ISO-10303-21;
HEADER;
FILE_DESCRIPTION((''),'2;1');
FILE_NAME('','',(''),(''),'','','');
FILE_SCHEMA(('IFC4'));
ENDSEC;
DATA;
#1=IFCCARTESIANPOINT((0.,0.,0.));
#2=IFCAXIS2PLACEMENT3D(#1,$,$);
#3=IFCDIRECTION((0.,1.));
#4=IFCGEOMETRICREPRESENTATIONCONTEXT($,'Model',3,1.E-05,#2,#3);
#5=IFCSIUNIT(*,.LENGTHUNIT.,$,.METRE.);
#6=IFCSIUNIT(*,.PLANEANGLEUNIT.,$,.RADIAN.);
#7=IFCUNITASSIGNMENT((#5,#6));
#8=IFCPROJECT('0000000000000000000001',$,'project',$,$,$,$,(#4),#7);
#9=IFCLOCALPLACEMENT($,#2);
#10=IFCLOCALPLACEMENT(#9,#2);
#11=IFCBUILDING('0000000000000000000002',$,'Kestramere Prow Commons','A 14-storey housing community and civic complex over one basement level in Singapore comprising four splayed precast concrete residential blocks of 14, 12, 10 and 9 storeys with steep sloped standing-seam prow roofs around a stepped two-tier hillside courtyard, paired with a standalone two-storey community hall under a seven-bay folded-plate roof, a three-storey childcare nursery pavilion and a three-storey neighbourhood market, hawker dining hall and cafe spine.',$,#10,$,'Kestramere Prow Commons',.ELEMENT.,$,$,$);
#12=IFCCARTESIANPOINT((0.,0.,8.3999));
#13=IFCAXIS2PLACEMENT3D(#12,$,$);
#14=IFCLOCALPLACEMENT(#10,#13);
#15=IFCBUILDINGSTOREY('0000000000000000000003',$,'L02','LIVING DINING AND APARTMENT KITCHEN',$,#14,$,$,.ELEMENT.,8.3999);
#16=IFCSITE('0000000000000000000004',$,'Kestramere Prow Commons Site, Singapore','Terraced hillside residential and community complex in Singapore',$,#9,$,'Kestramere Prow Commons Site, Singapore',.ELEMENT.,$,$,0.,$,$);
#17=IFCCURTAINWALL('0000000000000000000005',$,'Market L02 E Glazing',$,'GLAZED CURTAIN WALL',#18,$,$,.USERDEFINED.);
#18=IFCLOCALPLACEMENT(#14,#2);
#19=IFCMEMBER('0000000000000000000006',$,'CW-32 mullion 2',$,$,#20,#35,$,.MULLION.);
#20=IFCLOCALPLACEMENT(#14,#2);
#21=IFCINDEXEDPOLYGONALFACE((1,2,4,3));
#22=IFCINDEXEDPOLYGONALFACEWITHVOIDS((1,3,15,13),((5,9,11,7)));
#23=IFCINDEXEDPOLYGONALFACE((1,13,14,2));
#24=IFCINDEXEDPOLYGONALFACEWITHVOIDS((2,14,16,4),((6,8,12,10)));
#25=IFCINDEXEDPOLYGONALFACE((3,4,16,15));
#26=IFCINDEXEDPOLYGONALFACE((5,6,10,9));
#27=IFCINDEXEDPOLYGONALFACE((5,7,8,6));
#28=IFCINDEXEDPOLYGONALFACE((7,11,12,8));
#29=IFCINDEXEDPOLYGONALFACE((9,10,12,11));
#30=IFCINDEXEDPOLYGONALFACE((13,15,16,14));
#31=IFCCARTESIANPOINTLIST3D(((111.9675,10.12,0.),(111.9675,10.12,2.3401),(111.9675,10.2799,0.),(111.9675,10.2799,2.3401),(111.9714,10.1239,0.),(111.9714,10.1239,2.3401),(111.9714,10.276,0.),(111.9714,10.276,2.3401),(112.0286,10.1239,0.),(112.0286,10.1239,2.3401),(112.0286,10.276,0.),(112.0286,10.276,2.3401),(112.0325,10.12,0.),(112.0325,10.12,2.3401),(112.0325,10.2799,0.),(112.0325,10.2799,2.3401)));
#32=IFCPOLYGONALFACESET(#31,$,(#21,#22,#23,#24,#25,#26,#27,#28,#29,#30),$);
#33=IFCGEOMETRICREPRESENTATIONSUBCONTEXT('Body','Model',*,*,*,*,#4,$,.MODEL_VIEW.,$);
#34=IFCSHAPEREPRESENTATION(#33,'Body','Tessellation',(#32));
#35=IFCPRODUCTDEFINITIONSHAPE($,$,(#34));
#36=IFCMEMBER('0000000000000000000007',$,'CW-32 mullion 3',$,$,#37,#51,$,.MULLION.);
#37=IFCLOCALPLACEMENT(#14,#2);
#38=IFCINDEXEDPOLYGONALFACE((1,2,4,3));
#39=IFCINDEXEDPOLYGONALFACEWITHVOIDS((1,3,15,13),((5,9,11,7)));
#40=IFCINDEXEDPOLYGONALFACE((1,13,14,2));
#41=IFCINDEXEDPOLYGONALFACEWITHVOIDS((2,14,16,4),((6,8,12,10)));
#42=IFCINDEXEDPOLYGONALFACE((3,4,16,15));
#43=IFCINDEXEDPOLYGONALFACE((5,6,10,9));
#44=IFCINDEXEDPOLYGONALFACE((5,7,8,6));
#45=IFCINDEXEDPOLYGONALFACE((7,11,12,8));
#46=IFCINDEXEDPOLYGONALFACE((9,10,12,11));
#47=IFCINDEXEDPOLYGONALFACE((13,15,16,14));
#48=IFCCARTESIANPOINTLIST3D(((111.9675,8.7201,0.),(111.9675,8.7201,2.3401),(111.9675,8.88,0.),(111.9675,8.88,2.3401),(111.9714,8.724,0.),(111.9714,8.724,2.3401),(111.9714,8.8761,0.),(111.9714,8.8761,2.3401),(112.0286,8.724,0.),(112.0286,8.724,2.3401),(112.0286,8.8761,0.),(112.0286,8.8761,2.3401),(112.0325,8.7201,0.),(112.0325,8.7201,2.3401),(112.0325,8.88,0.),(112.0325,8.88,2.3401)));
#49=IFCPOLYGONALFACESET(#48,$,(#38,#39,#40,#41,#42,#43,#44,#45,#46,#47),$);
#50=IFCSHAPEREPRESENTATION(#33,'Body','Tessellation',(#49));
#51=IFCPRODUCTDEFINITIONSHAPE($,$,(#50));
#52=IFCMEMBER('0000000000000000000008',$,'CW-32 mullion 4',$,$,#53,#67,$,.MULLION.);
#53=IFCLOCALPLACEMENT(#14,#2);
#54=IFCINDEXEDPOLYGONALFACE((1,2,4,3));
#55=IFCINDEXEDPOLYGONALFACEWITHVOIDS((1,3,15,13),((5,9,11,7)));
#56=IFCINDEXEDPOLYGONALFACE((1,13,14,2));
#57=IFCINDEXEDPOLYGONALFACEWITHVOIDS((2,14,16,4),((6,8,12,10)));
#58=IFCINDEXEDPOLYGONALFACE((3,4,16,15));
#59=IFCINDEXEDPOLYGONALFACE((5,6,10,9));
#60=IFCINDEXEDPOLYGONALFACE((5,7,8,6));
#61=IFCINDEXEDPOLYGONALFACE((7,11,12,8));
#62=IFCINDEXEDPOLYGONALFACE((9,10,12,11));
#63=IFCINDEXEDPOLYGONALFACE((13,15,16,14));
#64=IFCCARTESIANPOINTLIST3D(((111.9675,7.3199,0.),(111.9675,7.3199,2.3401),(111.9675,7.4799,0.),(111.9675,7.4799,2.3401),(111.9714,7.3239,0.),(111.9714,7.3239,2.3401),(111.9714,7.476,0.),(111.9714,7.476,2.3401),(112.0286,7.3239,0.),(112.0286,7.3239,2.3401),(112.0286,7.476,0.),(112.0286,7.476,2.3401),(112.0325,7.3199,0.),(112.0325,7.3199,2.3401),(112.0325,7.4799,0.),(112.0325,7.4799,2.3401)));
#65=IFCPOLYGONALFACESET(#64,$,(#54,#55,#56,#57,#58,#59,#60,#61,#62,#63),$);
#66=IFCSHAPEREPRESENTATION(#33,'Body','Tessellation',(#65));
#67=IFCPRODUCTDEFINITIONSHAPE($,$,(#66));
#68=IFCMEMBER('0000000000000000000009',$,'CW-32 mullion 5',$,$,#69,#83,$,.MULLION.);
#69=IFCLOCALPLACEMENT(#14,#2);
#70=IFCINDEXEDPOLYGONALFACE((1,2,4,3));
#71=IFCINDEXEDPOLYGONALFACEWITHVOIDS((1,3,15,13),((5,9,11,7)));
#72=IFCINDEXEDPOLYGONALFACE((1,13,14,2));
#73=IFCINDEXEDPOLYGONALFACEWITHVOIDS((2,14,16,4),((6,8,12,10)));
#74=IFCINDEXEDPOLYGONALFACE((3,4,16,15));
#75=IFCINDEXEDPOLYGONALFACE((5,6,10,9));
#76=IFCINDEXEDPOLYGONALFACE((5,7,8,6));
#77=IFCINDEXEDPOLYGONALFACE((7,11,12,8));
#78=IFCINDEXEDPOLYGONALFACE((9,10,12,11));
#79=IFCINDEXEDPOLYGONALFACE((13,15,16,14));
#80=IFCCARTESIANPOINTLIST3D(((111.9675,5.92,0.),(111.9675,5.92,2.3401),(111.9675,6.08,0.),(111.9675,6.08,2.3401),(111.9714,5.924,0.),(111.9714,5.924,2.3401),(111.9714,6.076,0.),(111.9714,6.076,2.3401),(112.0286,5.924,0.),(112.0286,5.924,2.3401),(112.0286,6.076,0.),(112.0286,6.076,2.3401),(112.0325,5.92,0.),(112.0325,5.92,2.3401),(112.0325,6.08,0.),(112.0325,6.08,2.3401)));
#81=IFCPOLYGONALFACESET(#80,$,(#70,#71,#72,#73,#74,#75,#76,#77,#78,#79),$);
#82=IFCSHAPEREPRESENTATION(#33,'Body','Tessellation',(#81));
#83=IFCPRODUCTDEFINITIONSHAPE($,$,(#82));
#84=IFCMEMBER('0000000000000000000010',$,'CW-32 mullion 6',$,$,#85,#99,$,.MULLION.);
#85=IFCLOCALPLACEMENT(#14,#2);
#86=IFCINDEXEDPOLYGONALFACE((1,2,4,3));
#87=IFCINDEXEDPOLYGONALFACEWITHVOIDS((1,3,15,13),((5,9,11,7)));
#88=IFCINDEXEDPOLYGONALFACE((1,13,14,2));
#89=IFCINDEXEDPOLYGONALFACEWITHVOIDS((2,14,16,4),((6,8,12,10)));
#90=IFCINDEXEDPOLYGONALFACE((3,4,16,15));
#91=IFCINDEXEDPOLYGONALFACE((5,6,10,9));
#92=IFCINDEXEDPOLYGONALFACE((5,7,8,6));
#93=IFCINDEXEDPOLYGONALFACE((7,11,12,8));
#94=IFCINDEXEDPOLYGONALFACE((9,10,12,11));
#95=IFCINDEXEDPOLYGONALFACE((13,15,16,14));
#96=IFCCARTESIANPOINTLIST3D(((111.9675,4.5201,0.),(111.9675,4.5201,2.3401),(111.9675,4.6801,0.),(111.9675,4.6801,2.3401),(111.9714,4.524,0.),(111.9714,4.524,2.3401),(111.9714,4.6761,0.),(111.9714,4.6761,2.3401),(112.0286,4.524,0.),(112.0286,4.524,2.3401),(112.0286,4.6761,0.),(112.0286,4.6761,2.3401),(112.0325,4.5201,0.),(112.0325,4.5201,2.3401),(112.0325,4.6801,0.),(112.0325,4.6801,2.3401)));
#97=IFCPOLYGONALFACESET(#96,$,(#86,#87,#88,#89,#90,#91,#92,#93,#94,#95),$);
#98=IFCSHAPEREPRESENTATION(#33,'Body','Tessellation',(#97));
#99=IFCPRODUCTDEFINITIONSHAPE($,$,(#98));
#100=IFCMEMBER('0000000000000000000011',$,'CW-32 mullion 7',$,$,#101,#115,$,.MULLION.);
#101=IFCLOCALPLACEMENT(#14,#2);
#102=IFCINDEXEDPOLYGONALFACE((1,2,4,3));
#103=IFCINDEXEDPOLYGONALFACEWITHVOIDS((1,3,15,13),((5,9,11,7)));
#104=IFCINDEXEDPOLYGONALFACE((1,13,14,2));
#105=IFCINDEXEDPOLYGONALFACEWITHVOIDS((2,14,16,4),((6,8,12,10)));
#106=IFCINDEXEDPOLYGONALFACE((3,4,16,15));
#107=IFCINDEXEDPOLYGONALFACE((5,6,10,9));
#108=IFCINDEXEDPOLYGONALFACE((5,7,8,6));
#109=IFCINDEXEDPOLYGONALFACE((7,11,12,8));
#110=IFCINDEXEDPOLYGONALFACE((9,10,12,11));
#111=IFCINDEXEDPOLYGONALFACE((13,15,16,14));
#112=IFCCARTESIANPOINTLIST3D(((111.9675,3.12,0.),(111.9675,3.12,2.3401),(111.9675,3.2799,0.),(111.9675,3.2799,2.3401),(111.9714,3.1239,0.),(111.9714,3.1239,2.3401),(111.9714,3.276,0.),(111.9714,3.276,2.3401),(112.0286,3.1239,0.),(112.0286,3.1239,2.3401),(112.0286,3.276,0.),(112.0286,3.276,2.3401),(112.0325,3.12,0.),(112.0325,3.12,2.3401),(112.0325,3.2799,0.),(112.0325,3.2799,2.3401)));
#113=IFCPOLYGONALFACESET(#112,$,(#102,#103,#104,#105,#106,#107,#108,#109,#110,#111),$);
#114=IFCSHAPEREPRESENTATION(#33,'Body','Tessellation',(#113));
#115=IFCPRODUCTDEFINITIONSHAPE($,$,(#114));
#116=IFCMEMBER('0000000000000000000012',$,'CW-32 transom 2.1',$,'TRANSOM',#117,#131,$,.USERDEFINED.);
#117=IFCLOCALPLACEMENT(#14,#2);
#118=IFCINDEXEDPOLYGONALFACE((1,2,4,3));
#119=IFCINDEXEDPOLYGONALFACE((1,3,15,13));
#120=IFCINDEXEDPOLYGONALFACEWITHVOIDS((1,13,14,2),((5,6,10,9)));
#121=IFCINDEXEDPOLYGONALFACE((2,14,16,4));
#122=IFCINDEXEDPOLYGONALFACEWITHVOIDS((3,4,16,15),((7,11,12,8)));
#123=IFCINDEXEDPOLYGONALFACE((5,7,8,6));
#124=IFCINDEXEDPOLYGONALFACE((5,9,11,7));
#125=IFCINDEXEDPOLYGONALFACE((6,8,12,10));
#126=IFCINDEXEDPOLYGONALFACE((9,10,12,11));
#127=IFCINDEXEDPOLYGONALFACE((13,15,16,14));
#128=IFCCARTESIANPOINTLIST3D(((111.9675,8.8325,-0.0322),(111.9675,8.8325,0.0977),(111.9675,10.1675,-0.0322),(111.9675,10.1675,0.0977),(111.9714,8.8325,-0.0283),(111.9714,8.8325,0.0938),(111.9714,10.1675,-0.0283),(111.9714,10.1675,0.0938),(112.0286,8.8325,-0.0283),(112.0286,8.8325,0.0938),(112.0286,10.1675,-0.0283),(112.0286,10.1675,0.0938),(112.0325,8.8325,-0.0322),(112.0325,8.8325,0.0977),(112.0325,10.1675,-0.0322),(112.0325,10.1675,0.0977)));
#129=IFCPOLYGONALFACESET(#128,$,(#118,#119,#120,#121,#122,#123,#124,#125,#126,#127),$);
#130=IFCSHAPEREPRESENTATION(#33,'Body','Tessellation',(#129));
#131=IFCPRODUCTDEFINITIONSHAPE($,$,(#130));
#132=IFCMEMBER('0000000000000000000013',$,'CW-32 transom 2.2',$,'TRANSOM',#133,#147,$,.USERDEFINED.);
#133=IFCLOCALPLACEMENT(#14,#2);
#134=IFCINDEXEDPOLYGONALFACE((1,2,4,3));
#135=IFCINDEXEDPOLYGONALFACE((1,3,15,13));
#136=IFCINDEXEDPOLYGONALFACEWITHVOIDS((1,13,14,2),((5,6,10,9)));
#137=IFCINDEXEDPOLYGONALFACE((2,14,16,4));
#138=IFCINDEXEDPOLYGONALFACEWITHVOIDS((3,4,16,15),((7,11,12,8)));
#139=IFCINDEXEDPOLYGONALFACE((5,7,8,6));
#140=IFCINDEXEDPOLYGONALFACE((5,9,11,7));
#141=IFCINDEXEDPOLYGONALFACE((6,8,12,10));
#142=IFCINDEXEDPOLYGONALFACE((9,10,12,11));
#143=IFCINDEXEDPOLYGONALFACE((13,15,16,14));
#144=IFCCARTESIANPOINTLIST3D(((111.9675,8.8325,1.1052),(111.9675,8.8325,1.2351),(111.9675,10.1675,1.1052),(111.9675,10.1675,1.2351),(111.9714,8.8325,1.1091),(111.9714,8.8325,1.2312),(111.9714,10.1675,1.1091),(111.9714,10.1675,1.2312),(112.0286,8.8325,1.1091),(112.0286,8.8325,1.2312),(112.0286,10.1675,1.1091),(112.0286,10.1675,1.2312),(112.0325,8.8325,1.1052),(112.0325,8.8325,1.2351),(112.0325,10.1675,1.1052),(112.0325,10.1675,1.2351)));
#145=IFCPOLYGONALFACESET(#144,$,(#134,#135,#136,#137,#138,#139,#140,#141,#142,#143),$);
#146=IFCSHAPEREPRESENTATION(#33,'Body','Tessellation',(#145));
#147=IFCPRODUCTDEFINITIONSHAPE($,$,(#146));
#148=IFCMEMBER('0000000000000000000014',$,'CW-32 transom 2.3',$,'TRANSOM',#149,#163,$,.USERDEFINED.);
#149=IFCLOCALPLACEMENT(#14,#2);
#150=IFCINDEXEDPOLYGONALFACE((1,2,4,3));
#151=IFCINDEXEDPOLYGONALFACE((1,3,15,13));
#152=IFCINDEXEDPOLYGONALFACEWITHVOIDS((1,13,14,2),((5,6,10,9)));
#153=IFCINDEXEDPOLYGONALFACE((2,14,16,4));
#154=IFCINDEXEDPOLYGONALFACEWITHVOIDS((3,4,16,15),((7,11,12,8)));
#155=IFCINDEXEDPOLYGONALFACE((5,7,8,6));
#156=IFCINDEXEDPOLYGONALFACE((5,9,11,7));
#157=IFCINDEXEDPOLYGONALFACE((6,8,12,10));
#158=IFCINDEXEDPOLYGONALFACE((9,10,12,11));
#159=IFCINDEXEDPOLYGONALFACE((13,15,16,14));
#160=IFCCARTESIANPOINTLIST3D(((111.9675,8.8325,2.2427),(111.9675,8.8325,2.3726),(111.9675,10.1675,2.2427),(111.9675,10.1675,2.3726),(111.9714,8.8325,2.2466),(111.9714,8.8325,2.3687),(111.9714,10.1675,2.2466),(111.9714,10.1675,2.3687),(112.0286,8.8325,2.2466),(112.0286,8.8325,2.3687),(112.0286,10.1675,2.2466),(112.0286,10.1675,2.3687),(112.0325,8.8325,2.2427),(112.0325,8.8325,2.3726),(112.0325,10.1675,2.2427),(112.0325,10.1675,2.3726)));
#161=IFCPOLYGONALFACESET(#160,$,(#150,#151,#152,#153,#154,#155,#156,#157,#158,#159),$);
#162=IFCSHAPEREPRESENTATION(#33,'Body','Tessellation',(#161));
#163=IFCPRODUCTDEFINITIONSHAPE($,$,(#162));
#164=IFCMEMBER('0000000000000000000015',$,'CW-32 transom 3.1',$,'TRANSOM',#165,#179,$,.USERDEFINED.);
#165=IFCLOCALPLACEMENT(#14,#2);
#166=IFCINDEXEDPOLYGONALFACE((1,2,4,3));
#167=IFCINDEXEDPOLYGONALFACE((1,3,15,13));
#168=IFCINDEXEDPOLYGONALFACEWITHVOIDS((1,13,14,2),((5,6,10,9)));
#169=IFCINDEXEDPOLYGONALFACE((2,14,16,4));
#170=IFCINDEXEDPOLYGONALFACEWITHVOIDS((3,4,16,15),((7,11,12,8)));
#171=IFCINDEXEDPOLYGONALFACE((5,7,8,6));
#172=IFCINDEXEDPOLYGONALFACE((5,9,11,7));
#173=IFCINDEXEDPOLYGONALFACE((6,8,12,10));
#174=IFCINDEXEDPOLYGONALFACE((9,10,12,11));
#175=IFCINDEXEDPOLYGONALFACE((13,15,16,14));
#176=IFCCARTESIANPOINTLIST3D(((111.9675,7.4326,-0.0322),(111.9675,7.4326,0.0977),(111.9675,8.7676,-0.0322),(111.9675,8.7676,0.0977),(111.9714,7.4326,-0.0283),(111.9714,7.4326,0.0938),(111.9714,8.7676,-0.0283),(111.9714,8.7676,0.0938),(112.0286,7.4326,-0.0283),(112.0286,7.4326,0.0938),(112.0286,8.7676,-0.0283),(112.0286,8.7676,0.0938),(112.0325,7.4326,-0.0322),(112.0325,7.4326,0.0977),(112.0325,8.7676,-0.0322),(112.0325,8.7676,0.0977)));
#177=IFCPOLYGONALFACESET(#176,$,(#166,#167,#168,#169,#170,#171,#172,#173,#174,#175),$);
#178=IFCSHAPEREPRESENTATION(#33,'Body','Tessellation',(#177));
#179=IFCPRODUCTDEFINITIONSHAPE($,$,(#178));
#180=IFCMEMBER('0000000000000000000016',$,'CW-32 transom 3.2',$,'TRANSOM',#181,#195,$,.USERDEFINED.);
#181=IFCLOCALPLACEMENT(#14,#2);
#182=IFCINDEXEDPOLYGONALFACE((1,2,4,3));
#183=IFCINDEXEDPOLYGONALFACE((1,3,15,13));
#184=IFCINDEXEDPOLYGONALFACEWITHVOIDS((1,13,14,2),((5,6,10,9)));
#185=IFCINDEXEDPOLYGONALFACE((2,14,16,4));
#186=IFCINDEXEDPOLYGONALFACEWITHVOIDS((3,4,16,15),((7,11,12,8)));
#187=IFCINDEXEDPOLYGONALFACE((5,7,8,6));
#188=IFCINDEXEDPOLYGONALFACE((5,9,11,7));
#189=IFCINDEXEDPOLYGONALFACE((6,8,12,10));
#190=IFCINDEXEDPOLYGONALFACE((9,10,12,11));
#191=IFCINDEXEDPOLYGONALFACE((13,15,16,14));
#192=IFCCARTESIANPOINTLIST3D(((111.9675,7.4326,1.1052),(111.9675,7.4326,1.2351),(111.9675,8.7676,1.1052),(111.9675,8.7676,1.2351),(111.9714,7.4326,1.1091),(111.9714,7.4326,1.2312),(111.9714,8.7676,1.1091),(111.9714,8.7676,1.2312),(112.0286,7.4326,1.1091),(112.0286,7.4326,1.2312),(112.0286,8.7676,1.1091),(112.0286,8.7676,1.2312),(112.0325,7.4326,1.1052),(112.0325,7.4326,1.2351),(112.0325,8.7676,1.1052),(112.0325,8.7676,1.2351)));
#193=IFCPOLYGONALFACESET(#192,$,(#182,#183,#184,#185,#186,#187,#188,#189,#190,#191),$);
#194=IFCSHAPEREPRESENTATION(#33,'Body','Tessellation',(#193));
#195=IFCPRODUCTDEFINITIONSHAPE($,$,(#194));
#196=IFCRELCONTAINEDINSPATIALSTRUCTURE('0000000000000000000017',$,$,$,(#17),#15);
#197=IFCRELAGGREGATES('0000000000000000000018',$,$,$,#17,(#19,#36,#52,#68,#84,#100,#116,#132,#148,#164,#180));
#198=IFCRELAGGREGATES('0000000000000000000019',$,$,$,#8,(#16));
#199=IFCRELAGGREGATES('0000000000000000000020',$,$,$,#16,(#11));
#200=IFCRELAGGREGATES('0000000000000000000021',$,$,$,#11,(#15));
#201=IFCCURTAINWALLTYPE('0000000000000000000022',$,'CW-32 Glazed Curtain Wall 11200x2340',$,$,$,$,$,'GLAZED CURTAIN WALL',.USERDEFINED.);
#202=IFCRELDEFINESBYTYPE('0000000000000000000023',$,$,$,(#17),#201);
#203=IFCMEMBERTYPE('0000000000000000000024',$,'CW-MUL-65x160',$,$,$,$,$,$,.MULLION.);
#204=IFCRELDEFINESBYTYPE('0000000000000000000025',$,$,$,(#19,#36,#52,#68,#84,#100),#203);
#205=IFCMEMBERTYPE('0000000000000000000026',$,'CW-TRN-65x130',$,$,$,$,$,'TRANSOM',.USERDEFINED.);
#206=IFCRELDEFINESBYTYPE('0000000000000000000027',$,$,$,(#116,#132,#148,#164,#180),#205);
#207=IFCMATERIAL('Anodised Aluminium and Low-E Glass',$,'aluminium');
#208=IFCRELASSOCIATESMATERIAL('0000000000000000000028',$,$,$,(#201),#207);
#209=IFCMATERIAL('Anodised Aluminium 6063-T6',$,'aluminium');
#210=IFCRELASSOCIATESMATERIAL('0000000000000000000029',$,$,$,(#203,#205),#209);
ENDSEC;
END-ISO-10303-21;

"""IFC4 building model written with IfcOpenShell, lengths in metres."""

from ifc_helpers import new_model, si_unit, direction, frame, origin, origin_2d, place, context, subcontext, project, spatial, hollow_rectangle, extrude, material, material_profile, profile_set, type_object, element, aggregate, save


model = new_model("IFC4")

# Units and contexts
model_context = context("Model", 3, precision=1e-05, world=origin(), true_north=direction((0.0, 1.0)))
body_context = subcontext(model_context, "Body", "Model", "MODEL_VIEW")
ifc_project = project(units=[si_unit("LENGTHUNIT", "METRE"), si_unit("PLANEANGLEUNIT", "RADIAN")], contexts=[model_context])

# Site, building, storey
site_placement = place(None, origin())
site = spatial("IfcSite", under=ifc_project, at=site_placement, Name="Kestramere Prow Commons Site, Singapore", Description="Terraced hillside residential and community complex in Singapore", LongName="Kestramere Prow Commons Site, Singapore", CompositionType="ELEMENT", RefElevation=0.0)
building_placement = place(site_placement, origin())
building = spatial("IfcBuilding", under=site, at=building_placement, Name="Kestramere Prow Commons", Description="A 14-storey housing community and civic complex over one basement level in Singapore comprising four splayed precast concrete residential blocks of 14, 12, 10 and 9 storeys with steep sloped standing-seam prow roofs around a stepped two-tier hillside courtyard, paired with a standalone two-storey community hall under a seven-bay folded-plate roof, a three-storey childcare nursery pavilion and a three-storey neighbourhood market, hawker dining hall and cafe spine.", LongName="Kestramere Prow Commons", CompositionType="ELEMENT")
storey_placement = place(building_placement, frame((0.0, 0.0, 8.3999)))
storey = spatial("IfcBuildingStorey", under=building, at=storey_placement, Name="L02", Description="LIVING DINING AND APARTMENT KITCHEN", CompositionType="ELEMENT", Elevation=8.3999)

# Curtain wall, members
ifc_material_1 = material(Name="Anodised Aluminium and Low-E Glass", Category="aluminium")
curtain_wall_type = type_object("IfcCurtainWallType", Name="CW-32 Glazed Curtain Wall 11200x2340", ElementType="GLAZED CURTAIN WALL", PredefinedType="USERDEFINED", material=ifc_material_1)
curtain_wall_placement = place(storey_placement, origin())
curtain_wall = element("IfcCurtainWall", 1, at=curtain_wall_placement, inside=storey, type_object=curtain_wall_type, Name="Market L02 E Glazing", ObjectType="GLAZED CURTAIN WALL", PredefinedType="USERDEFINED")
ifc_material_2 = material(Name="Anodised Aluminium 6063-T6", Category="aluminium")
ifc_material_profile_1 = material_profile(ifc_material_2, hollow_rectangle(XDim=0.0649, YDim=0.1599, WallThickness=0.0039, at=origin_2d()), Name="ALU-MUL 65x160")
ifc_profile_set_1 = profile_set([ifc_material_profile_1], Name="Anodised Aluminium 6063-T6")
member_type_1 = type_object("IfcMemberType", Name="CW-MUL-65x160", PredefinedType="MULLION", material=ifc_profile_set_1)
member_1_placement = place(storey_placement, frame((112.0, 10.2, 0.0), z_axis=(0.0, 0.0, 1.0), x_axis=(1.0, 0.0, 0.0)))
member_1 = element("IfcMember", 2, at=member_1_placement, type_object=member_type_1, Name="CW-32 mullion 2", PredefinedType="MULLION", context=body_context, shape_type="SweptSolid", body=[
    extrude(hollow_rectangle(XDim=0.0649, YDim=0.1599, WallThickness=0.0039, at=origin_2d()), origin(), (0.0, 0.0, 1.0), 2.3401),
])
member_2_placement = place(storey_placement, frame((112.0, 8.8, 0.0), z_axis=(0.0, 0.0, 1.0), x_axis=(1.0, 0.0, 0.0)))
member_2 = element("IfcMember", 3, at=member_2_placement, type_object=member_type_1, Name="CW-32 mullion 3", PredefinedType="MULLION", context=body_context, shape_type="SweptSolid", body=[
    extrude(hollow_rectangle(XDim=0.0649, YDim=0.1599, WallThickness=0.0039, at=origin_2d()), origin(), (0.0, 0.0, 1.0), 2.3401),
])
member_3_placement = place(storey_placement, frame((112.0, 7.3999, 0.0), z_axis=(0.0, 0.0, 1.0), x_axis=(1.0, 0.0, 0.0)))
member_3 = element("IfcMember", 4, at=member_3_placement, type_object=member_type_1, Name="CW-32 mullion 4", PredefinedType="MULLION", context=body_context, shape_type="SweptSolid", body=[
    extrude(hollow_rectangle(XDim=0.0649, YDim=0.1599, WallThickness=0.0039, at=origin_2d()), origin(), (0.0, 0.0, 1.0), 2.3401),
])
member_4_placement = place(storey_placement, frame((112.0, 6.0, 0.0), z_axis=(0.0, 0.0, 1.0), x_axis=(1.0, 0.0, 0.0)))
member_4 = element("IfcMember", 5, at=member_4_placement, type_object=member_type_1, Name="CW-32 mullion 5", PredefinedType="MULLION", context=body_context, shape_type="SweptSolid", body=[
    extrude(hollow_rectangle(XDim=0.0649, YDim=0.1599, WallThickness=0.0039, at=origin_2d()), origin(), (0.0, 0.0, 1.0), 2.3401),
])
member_5_placement = place(storey_placement, frame((112.0, 4.6001, 0.0), z_axis=(0.0, 0.0, 1.0), x_axis=(1.0, 0.0, 0.0)))
member_5 = element("IfcMember", 6, at=member_5_placement, type_object=member_type_1, Name="CW-32 mullion 6", PredefinedType="MULLION", context=body_context, shape_type="SweptSolid", body=[
    extrude(hollow_rectangle(XDim=0.0649, YDim=0.1599, WallThickness=0.0039, at=origin_2d()), origin(), (0.0, 0.0, 1.0), 2.3401),
])
member_6_placement = place(storey_placement, frame((112.0, 3.2, 0.0), z_axis=(0.0, 0.0, 1.0), x_axis=(1.0, 0.0, 0.0)))
member_6 = element("IfcMember", 7, at=member_6_placement, type_object=member_type_1, Name="CW-32 mullion 7", PredefinedType="MULLION", context=body_context, shape_type="SweptSolid", body=[
    extrude(hollow_rectangle(XDim=0.0649, YDim=0.1599, WallThickness=0.0039, at=origin_2d()), origin(), (0.0, 0.0, 1.0), 2.3401),
])
ifc_material_profile_2 = material_profile(ifc_material_2, hollow_rectangle(XDim=0.0649, YDim=0.1299, WallThickness=0.0039, at=origin_2d()), Name="ALU-TRN 65x130")
ifc_profile_set_2 = profile_set([ifc_material_profile_2], Name="Anodised Aluminium 6063-T6")
member_type_2 = type_object("IfcMemberType", Name="CW-TRN-65x130", ElementType="TRANSOM", PredefinedType="USERDEFINED", material=ifc_profile_set_2)
member_7_placement = place(storey_placement, frame((112.0, 10.1675, 0.0327), z_axis=(0.0, -1.0, 0.0), x_axis=(1.0, 0.0, 0.0)))
member_7 = element("IfcMember", 8, at=member_7_placement, type_object=member_type_2, Name="CW-32 transom 2.1", ObjectType="TRANSOM", PredefinedType="USERDEFINED", context=body_context, shape_type="SweptSolid", body=[
    extrude(hollow_rectangle(XDim=0.0649, YDim=0.1299, WallThickness=0.0039, at=origin_2d()), origin(), (0.0, 0.0, 1.0), 1.335),
])
member_8_placement = place(storey_placement, frame((112.0, 10.1675, 1.1702), z_axis=(0.0, -1.0, 0.0), x_axis=(1.0, 0.0, 0.0)))
member_8 = element("IfcMember", 9, at=member_8_placement, type_object=member_type_2, Name="CW-32 transom 2.2", ObjectType="TRANSOM", PredefinedType="USERDEFINED", context=body_context, shape_type="SweptSolid", body=[
    extrude(hollow_rectangle(XDim=0.0649, YDim=0.1299, WallThickness=0.0039, at=origin_2d()), origin(), (0.0, 0.0, 1.0), 1.335),
])
member_9_placement = place(storey_placement, frame((112.0, 10.1675, 2.3076), z_axis=(0.0, -1.0, 0.0), x_axis=(1.0, 0.0, 0.0)))
member_9 = element("IfcMember", 10, at=member_9_placement, type_object=member_type_2, Name="CW-32 transom 2.3", ObjectType="TRANSOM", PredefinedType="USERDEFINED", context=body_context, shape_type="SweptSolid", body=[
    extrude(hollow_rectangle(XDim=0.0649, YDim=0.1299, WallThickness=0.0039, at=origin_2d()), origin(), (0.0, 0.0, 1.0), 1.335),
])
member_10_placement = place(storey_placement, frame((112.0, 8.7676, 0.0327), z_axis=(0.0, -1.0, 0.0), x_axis=(1.0, 0.0, 0.0)))
member_10 = element("IfcMember", 11, at=member_10_placement, type_object=member_type_2, Name="CW-32 transom 3.1", ObjectType="TRANSOM", PredefinedType="USERDEFINED", context=body_context, shape_type="SweptSolid", body=[
    extrude(hollow_rectangle(XDim=0.0649, YDim=0.1299, WallThickness=0.0039, at=origin_2d()), origin(), (0.0, 0.0, 1.0), 1.335),
])
member_11_placement = place(storey_placement, frame((112.0, 8.7676, 1.1702), z_axis=(0.0, -1.0, 0.0), x_axis=(1.0, 0.0, 0.0)))
member_11 = element("IfcMember", 12, at=member_11_placement, type_object=member_type_2, Name="CW-32 transom 3.2", ObjectType="TRANSOM", PredefinedType="USERDEFINED", context=body_context, shape_type="SweptSolid", body=[
    extrude(hollow_rectangle(XDim=0.0649, YDim=0.1299, WallThickness=0.0039, at=origin_2d()), origin(), (0.0, 0.0, 1.0), 1.335),
])
aggregate(curtain_wall, [member_1, member_2, member_3, member_4, member_5, member_6, member_7, member_8, member_9, member_10, member_11])

save(model, "model.ifc")
